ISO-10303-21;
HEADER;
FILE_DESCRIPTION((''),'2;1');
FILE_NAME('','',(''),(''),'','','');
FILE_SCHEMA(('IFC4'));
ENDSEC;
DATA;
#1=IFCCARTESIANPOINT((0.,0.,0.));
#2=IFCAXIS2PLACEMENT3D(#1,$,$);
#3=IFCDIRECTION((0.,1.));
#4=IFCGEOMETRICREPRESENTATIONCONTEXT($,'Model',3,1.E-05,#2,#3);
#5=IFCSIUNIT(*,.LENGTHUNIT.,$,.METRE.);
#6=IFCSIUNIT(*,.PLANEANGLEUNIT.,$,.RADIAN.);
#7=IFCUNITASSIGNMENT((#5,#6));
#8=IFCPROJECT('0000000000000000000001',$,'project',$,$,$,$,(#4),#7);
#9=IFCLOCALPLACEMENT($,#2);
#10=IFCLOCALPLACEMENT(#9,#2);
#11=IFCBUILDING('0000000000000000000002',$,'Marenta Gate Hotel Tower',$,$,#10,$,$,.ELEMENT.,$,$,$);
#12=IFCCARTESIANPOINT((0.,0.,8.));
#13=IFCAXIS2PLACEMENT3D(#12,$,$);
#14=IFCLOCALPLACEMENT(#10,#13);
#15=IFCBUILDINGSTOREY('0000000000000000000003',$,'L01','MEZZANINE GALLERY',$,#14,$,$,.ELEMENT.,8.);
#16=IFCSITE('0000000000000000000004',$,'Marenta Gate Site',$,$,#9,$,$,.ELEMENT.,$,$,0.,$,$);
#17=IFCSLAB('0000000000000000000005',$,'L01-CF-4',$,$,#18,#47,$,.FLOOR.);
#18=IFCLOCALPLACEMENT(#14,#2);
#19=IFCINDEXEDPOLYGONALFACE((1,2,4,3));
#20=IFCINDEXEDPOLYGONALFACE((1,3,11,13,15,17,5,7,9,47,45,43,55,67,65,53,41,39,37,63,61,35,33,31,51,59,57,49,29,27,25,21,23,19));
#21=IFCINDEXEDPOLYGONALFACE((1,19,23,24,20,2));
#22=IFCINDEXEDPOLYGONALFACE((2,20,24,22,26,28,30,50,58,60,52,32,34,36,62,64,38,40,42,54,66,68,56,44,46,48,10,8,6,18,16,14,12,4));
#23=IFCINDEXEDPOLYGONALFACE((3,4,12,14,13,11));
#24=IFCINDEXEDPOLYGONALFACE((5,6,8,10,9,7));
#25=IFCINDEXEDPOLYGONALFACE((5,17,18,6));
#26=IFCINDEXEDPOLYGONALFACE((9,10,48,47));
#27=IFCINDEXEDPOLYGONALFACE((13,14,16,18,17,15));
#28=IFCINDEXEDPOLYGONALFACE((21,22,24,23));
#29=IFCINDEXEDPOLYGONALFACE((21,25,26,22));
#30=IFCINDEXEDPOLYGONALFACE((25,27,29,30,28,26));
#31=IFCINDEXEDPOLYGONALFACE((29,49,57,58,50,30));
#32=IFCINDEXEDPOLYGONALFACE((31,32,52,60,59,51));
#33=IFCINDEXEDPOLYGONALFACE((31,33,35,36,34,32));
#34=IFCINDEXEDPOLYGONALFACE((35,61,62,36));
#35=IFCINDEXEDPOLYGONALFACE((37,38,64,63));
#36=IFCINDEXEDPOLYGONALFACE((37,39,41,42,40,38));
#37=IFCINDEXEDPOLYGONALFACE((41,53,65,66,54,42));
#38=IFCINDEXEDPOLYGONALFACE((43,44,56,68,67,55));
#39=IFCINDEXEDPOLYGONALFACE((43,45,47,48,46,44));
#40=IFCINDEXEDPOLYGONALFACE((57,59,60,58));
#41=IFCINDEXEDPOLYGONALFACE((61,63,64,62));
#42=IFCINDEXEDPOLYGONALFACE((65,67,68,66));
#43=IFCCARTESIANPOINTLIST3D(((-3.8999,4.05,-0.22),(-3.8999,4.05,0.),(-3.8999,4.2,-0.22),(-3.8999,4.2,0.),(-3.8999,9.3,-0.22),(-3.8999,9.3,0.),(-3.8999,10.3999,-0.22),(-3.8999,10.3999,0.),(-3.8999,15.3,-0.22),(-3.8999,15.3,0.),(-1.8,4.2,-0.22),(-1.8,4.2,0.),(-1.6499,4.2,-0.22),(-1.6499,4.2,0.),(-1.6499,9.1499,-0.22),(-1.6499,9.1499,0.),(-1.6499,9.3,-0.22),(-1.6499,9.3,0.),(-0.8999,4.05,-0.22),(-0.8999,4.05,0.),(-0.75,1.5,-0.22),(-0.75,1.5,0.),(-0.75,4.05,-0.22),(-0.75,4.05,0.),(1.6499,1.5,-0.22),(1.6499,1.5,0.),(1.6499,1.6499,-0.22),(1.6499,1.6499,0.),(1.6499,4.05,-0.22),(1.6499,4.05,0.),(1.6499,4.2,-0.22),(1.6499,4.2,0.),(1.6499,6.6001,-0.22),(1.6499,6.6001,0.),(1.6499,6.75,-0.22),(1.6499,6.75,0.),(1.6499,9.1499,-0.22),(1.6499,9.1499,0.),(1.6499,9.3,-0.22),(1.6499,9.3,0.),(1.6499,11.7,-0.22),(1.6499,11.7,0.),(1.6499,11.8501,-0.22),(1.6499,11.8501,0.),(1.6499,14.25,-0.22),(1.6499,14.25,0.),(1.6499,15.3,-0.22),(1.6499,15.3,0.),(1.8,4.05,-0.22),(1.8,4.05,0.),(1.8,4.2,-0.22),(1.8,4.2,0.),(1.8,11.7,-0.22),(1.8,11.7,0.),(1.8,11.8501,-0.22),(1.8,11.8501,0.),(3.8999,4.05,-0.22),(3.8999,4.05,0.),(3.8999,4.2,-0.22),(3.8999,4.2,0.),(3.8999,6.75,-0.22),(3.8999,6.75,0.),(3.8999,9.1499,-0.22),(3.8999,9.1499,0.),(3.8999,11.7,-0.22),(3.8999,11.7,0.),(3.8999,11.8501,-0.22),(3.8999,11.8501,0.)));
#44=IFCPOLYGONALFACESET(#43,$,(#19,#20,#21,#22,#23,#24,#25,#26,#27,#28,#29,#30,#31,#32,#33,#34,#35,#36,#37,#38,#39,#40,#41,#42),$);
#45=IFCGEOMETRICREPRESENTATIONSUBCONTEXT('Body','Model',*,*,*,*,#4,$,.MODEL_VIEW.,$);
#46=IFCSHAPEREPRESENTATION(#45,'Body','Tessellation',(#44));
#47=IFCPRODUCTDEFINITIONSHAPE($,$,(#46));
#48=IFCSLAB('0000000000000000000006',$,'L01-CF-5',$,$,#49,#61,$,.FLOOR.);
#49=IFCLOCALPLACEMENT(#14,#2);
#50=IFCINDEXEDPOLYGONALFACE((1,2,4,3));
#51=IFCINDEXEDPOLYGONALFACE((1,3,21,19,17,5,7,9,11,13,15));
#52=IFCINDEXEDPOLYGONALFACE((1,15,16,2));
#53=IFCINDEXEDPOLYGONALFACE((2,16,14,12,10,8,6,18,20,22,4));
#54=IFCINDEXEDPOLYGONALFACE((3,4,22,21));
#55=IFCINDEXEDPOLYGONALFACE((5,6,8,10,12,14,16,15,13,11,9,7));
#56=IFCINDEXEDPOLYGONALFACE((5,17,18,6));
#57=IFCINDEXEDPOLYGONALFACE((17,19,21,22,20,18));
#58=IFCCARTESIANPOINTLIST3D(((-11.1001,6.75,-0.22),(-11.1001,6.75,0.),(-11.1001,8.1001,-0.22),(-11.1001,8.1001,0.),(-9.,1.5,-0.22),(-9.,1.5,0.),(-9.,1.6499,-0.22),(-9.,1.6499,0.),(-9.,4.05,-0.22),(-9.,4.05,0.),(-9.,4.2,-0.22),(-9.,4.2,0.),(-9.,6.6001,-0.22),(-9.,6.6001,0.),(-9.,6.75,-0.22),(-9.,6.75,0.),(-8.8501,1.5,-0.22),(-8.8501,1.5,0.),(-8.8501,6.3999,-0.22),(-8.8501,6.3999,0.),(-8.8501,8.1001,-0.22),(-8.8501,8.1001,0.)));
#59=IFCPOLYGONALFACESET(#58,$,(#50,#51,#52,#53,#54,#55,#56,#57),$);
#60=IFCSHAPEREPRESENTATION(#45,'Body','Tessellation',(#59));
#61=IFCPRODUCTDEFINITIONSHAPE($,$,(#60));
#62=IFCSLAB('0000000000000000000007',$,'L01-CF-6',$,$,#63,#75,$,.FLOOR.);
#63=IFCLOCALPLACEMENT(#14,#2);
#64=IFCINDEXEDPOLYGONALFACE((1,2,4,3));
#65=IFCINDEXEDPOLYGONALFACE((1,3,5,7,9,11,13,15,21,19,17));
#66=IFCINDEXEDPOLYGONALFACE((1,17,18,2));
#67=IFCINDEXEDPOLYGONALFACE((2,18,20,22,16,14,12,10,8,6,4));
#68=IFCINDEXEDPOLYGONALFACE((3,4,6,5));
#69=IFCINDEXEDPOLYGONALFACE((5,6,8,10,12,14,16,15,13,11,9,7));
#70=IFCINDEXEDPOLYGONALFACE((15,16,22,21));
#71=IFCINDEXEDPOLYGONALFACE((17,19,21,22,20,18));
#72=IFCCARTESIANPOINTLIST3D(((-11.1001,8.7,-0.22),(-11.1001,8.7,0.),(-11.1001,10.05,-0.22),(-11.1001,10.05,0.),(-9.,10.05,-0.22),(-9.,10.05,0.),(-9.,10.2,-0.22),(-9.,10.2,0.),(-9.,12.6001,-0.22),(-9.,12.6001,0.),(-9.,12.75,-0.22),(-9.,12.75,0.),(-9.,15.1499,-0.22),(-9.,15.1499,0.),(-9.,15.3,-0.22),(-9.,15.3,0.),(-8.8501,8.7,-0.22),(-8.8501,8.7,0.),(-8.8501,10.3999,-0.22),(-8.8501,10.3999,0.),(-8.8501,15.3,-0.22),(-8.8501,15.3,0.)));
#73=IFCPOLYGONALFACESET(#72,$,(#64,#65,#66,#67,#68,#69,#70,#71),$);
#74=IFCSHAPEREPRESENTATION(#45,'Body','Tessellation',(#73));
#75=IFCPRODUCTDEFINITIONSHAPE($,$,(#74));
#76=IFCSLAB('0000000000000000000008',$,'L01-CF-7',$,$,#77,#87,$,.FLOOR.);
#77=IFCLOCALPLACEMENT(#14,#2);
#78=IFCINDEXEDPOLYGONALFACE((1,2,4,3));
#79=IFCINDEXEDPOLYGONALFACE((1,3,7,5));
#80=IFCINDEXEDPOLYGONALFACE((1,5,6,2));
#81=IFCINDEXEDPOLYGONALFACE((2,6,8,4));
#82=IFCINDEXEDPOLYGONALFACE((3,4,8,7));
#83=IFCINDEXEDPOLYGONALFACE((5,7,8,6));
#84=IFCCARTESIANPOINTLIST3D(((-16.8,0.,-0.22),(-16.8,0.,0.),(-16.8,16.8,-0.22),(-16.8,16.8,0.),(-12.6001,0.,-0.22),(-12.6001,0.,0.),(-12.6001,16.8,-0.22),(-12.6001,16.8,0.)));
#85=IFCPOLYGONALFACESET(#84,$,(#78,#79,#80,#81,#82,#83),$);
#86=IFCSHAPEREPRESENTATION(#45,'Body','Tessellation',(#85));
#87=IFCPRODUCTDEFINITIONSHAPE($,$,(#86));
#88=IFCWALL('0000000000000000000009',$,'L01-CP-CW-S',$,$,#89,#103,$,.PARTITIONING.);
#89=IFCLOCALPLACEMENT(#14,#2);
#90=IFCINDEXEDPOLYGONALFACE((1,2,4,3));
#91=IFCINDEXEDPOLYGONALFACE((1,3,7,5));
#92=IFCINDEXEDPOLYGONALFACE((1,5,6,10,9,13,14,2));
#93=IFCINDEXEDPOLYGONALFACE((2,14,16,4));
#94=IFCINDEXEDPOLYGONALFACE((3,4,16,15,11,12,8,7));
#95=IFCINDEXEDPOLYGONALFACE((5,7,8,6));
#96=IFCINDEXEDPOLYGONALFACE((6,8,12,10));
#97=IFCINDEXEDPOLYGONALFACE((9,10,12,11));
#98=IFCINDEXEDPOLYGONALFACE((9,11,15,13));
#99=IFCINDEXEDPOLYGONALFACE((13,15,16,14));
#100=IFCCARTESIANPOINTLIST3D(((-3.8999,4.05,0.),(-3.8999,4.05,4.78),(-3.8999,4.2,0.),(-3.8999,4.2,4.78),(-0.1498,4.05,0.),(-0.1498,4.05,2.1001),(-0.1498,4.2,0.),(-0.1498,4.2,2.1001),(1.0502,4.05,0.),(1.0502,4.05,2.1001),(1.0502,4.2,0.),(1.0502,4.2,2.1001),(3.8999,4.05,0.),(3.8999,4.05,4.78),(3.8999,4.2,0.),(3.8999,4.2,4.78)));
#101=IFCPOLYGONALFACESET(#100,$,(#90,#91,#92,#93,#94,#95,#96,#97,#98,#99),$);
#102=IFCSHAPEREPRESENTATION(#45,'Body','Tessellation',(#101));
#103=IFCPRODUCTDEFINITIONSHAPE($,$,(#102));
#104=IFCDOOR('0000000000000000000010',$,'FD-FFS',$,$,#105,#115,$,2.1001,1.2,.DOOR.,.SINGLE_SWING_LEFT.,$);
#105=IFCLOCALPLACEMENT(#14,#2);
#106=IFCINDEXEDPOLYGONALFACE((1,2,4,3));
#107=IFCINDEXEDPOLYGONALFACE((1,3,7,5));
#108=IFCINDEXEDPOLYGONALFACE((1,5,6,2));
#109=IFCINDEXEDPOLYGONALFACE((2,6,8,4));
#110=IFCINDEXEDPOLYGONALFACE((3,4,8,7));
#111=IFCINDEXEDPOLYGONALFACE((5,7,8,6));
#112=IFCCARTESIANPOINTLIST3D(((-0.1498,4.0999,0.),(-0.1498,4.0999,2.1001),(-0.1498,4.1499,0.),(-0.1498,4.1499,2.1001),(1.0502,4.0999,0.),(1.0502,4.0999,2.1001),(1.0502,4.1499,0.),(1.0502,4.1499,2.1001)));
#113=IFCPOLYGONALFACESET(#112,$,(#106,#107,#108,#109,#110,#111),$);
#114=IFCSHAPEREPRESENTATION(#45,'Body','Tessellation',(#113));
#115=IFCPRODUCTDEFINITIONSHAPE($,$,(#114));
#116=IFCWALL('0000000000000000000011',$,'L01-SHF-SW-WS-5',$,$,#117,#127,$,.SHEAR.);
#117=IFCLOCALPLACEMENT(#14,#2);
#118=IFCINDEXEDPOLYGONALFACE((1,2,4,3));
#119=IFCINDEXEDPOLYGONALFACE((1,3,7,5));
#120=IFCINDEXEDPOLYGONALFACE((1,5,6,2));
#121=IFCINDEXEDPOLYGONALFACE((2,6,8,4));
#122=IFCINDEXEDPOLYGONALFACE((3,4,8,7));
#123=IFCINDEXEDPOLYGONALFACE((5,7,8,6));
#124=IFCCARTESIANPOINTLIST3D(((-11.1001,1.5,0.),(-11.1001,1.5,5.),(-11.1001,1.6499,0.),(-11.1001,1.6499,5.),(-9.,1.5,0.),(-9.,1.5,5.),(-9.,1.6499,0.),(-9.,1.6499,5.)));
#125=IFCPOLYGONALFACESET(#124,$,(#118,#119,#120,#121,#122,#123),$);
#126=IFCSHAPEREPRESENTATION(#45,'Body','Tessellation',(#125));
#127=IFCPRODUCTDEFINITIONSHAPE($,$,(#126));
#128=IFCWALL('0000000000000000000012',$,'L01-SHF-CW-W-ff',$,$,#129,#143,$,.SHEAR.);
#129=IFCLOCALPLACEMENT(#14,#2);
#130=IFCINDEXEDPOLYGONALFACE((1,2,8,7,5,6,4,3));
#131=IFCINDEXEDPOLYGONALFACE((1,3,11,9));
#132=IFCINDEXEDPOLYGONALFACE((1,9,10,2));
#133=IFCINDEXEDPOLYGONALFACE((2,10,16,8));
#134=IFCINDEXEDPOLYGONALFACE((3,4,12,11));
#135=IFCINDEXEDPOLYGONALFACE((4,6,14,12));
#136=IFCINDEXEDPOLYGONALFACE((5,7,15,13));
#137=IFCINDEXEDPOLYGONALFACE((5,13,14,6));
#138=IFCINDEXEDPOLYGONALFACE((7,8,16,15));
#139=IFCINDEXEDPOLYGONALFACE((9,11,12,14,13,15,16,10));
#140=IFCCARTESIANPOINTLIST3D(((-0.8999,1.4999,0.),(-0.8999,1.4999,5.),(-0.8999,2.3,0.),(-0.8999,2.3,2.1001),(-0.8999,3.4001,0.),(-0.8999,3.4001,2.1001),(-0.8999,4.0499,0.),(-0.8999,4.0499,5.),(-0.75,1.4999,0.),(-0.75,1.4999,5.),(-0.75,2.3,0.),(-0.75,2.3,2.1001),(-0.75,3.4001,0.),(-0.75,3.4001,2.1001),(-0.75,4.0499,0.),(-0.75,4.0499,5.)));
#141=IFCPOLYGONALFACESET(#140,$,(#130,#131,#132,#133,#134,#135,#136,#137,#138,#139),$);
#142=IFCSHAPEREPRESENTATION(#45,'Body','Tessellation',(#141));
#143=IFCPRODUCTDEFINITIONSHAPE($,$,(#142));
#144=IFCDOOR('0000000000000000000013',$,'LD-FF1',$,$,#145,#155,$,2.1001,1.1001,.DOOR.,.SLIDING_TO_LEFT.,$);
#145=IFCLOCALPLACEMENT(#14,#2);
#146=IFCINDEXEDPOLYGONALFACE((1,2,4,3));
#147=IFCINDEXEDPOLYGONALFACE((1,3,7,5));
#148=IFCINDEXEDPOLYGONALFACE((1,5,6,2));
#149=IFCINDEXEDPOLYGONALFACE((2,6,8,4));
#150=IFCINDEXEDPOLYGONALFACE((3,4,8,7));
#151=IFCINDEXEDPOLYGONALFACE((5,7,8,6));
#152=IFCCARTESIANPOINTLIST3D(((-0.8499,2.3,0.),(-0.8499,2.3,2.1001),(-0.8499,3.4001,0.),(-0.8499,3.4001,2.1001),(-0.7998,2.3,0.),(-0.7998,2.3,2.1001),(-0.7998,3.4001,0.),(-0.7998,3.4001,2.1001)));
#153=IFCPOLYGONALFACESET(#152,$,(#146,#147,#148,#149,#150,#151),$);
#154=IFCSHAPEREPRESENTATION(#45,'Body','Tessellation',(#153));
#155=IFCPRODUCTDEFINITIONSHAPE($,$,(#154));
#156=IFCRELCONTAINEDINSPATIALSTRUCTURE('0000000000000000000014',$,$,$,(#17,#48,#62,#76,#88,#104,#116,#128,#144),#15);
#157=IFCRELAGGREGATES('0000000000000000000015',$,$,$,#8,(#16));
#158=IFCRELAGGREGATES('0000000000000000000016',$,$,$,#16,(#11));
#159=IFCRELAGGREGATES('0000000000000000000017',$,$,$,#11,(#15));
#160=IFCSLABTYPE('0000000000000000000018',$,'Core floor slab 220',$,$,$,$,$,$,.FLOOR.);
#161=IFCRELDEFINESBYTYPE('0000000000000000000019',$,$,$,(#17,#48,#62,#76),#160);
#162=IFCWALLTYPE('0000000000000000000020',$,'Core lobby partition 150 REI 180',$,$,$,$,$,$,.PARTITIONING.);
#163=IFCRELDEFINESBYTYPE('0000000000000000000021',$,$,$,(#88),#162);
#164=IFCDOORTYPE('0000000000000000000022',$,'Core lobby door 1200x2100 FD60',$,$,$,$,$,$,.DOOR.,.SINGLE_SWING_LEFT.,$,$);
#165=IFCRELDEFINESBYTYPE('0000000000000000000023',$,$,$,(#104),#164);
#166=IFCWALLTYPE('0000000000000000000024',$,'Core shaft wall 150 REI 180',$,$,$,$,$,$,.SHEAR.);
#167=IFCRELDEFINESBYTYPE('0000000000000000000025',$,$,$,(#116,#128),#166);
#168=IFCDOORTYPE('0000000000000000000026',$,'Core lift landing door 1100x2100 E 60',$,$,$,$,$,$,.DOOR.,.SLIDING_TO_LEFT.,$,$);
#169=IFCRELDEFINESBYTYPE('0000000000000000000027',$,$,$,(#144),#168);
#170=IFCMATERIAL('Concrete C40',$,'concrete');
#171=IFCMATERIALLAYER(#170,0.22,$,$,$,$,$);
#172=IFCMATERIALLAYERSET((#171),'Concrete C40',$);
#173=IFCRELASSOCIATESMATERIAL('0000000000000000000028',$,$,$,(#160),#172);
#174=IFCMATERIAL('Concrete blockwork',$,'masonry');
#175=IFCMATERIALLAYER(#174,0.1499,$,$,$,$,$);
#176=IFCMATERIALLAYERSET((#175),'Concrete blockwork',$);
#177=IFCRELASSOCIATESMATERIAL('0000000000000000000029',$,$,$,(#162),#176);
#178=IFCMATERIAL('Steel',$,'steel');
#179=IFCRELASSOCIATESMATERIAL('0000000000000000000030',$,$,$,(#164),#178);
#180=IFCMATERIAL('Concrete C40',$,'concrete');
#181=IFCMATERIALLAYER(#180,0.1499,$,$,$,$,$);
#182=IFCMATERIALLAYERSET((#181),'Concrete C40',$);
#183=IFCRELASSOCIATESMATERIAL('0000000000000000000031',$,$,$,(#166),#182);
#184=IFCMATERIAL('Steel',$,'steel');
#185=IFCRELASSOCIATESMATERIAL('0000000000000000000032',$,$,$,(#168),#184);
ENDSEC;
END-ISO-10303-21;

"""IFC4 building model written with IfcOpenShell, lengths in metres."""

from ifc_helpers import new_model, si_unit, direction, frame, frame_2d, origin, place, context, subcontext, project, spatial, polyline, rectangle, outline, extrude, material, layer, layer_set, type_object, element, fill, save


model = new_model("IFC4")

# Units and contexts
model_context = context("Model", 3, precision=1e-05, world=origin(), true_north=direction((0.0, 1.0)))
body_context = subcontext(model_context, "Body", "Model", "MODEL_VIEW")
ifc_project = project(units=[si_unit("LENGTHUNIT", "METRE"), si_unit("PLANEANGLEUNIT", "RADIAN")], contexts=[model_context])

# Site, building, storey
site_placement = place(None, origin())
site = spatial("IfcSite", under=ifc_project, at=site_placement, Name="Marenta Gate Site", CompositionType="ELEMENT", RefElevation=0.0)
building_placement = place(site_placement, origin())
building = spatial("IfcBuilding", under=site, at=building_placement, Name="Marenta Gate Hotel Tower", CompositionType="ELEMENT")
storey_placement = place(building_placement, frame((0.0, 0.0, 8.0)))
storey = spatial("IfcBuildingStorey", under=building, at=storey_placement, Name="L01", Description="MEZZANINE GALLERY", CompositionType="ELEMENT", Elevation=8.0)

# Slabs
ifc_material_1 = material(Name="Concrete C40", Category="concrete")
ifc_layer_1 = layer(ifc_material_1, 0.22)
ifc_layer_set_1 = layer_set([ifc_layer_1], Name="Concrete C40")
slab_type = type_object("IfcSlabType", Name="Core floor slab 220", PredefinedType="FLOOR", material=ifc_layer_set_1)
slab_1_placement = place(storey_placement, frame((0.0, 0.0, -0.22)))
element("IfcSlab", 1, at=slab_1_placement, inside=storey, type_object=slab_type, Name="L01-CF-4", PredefinedType="FLOOR", context=body_context, shape_type="SweptSolid", body=[
    extrude(outline(polyline([(1.6499, 14.25), (1.6499, 11.8501), (1.8, 11.8501), (3.8999, 11.8501), (3.8999, 11.7), (1.8, 11.7), (1.6499, 11.7), (1.6499, 9.3), (1.6499, 9.1499), (3.8999, 9.1499), (3.8999, 9.3), (3.8999, 10.3999), (3.8999, 10.3999), (3.8999, 6.3999), (3.8999, 6.3999), (3.8999, 6.6001), (3.8999, 6.75), (1.6499, 6.75), (1.6499, 6.6001), (1.6499, 4.2), (1.8, 4.2), (3.8999, 4.2), (3.8999, 4.05), (1.8, 4.05), (1.6499, 4.05), (1.6499, 1.6499), (1.6499, 1.5), (-0.75, 1.5), (-0.75, 4.05), (-0.8999, 4.05), (-3.8999, 4.05), (-3.8999, 4.2), (-1.8, 4.2), (-1.6499, 4.2), (-1.6499, 9.1499), (-1.6499, 9.3), (-3.8999, 9.3), (-3.8999, 9.1499), (-3.8999, 6.75), (-3.8999, 6.6001), (-3.8999, 6.3999), (-3.8999, 6.3999), (-3.8999, 10.3999), (-3.8999, 10.3999), (-3.8999, 15.3), (1.6499, 15.3), (1.6499, 14.25)])), origin(), (0.0, 0.0, 1.0), 0.22),
])
slab_2_placement = place(storey_placement, frame((0.0, 0.0, -0.22)))
element("IfcSlab", 2, at=slab_2_placement, inside=storey, type_object=slab_type, Name="L01-CF-5", PredefinedType="FLOOR", context=body_context, shape_type="SweptSolid", body=[
    extrude(outline(polyline([(-8.8501, 8.1001), (-8.8501, 6.3999), (-8.8501, 1.5), (-9.0, 1.5), (-9.0, 1.6499), (-9.0, 4.05), (-9.0, 4.2), (-9.0, 6.6001), (-9.0, 6.75), (-11.1001, 6.75), (-11.1001, 8.1001), (-8.8501, 8.1001)])), origin(), (0.0, 0.0, 1.0), 0.22),
])
slab_3_placement = place(storey_placement, frame((0.0, 0.0, -0.22)))
element("IfcSlab", 3, at=slab_3_placement, inside=storey, type_object=slab_type, Name="L01-CF-6", PredefinedType="FLOOR", context=body_context, shape_type="SweptSolid", body=[
    extrude(outline(polyline([(-8.8501, 10.3999), (-8.8501, 8.7), (-11.1001, 8.7), (-11.1001, 10.05), (-9.0, 10.05), (-9.0, 10.2), (-9.0, 12.6001), (-9.0, 12.75), (-9.0, 15.1499), (-9.0, 15.3), (-8.8501, 15.3), (-8.8501, 10.3999)])), origin(), (0.0, 0.0, 1.0), 0.22),
])
slab_4_placement = place(storey_placement, frame((0.0, 0.0, -0.22)))
element("IfcSlab", 4, at=slab_4_placement, inside=storey, type_object=slab_type, Name="L01-CF-7", PredefinedType="FLOOR", context=body_context, shape_type="SweptSolid", body=[
    extrude(outline(polyline([(-12.6001, 16.8), (-12.6001, 0.0), (-16.8, 0.0), (-16.8, 16.8), (-12.6001, 16.8)])), origin(), (0.0, 0.0, 1.0), 0.22),
])

# Wall, opening, door
ifc_material_2 = material(Name="Concrete blockwork", Category="masonry")
ifc_layer_2 = layer(ifc_material_2, 0.1499)
ifc_layer_set_2 = layer_set([ifc_layer_2], Name="Concrete blockwork")
wall_type_1 = type_object("IfcWallType", Name="Core lobby partition 150 REI 180", PredefinedType="PARTITIONING", material=ifc_layer_set_2)
wall_1_placement = place(storey_placement, frame((-3.8999, 4.125, 0.0), z_axis=(0.0, 0.0, 1.0), x_axis=(1.0, 0.0, 0.0)))
wall_1 = element("IfcWall", 5, at=wall_1_placement, inside=storey, type_object=wall_type_1, Name="L01-CP-CW-S", PredefinedType="PARTITIONING", context=body_context, shape_type="SweptSolid", body=[
    extrude(rectangle(XDim=7.7998, YDim=0.1499, at=frame_2d((3.8999, 0.0))), origin(), (0.0, 0.0, 1.0), 4.78),
])
opening_1_placement = place(wall_1_placement, frame((3.75, 0.0, 0.0)))
opening_1 = element("IfcOpeningElement", 6, at=opening_1_placement, cuts=wall_1, PredefinedType="OPENING", context=body_context, shape_type="SweptSolid", body=[
    extrude(rectangle(XDim=1.2, YDim=2.1001, at=frame_2d((0.6001, 1.05))), frame((0.0, 0.075, 0.0), z_axis=(0.0, -1.0, 0.0), x_axis=(1.0, 0.0, 0.0)), (0.0, 0.0, 1.0), 0.1499),
])
ifc_material_3 = material(Name="Steel", Category="steel")
door_type_1 = type_object("IfcDoorType", Name="Core lobby door 1200x2100 FD60", OperationType="SINGLE_SWING_LEFT", PredefinedType="DOOR", material=ifc_material_3)
door_1_placement = place(opening_1_placement, origin())
door_1 = element("IfcDoor", 7, at=door_1_placement, inside=storey, type_object=door_type_1, Name="FD-FFS", OperationType="SINGLE_SWING_LEFT", OverallHeight=2.1001, OverallWidth=1.2, PredefinedType="DOOR", context=body_context, shape_type="SweptSolid", body=[
    extrude(rectangle(XDim=1.2, YDim=2.1001, at=frame_2d((0.6001, 1.05))), frame((0.0, 0.0249, 0.0), z_axis=(0.0, -1.0, 0.0), x_axis=(1.0, 0.0, 0.0)), (0.0, 0.0, 1.0), 0.05),
])
fill(opening_1, door_1)

# Wall
ifc_material_4 = material(Name="Concrete C40", Category="concrete")
ifc_layer_3 = layer(ifc_material_4, 0.1499)
ifc_layer_set_3 = layer_set([ifc_layer_3], Name="Concrete C40")
wall_type_2 = type_object("IfcWallType", Name="Core shaft wall 150 REI 180", PredefinedType="SHEAR", material=ifc_layer_set_3)
wall_2_placement = place(storey_placement, frame((-11.1001, 1.575, 0.0), z_axis=(0.0, 0.0, 1.0), x_axis=(1.0, 0.0, 0.0)))
element("IfcWall", 8, at=wall_2_placement, inside=storey, type_object=wall_type_2, Name="L01-SHF-SW-WS-5", PredefinedType="SHEAR", context=body_context, shape_type="SweptSolid", body=[
    extrude(rectangle(XDim=2.1001, YDim=0.1499, at=frame_2d((1.05, 0.0))), origin(), (0.0, 0.0, 1.0), 5.0),
])

# Wall, opening, door
wall_3_placement = place(storey_placement, frame((-0.825, 1.5, 0.0), z_axis=(0.0, 0.0, 1.0), x_axis=(0.0, 1.0, 0.0)))
wall_3 = element("IfcWall", 9, at=wall_3_placement, inside=storey, type_object=wall_type_2, Name="L01-SHF-CW-W-ff", PredefinedType="SHEAR", context=body_context, shape_type="SweptSolid", body=[
    extrude(rectangle(XDim=2.55, YDim=0.1499, at=frame_2d((1.2749, 0.0))), origin(), (0.0, 0.0, 1.0), 5.0),
])
opening_2_placement = place(wall_3_placement, frame((0.8, 0.0, 0.0)))
opening_2 = element("IfcOpeningElement", 10, at=opening_2_placement, cuts=wall_3, PredefinedType="OPENING", context=body_context, shape_type="SweptSolid", body=[
    extrude(rectangle(XDim=1.1001, YDim=2.1001, at=frame_2d((0.55, 1.05))), frame((0.0, 0.075, 0.0), z_axis=(0.0, -1.0, 0.0), x_axis=(1.0, 0.0, 0.0)), (0.0, 0.0, 1.0), 0.1499),
])
ifc_material_5 = material(Name="Steel", Category="steel")
door_type_2 = type_object("IfcDoorType", Name="Core lift landing door 1100x2100 E 60", OperationType="SLIDING_TO_LEFT", PredefinedType="DOOR", material=ifc_material_5)
door_2_placement = place(opening_2_placement, origin())
door_2 = element("IfcDoor", 11, at=door_2_placement, inside=storey, type_object=door_type_2, Name="LD-FF1", OperationType="SLIDING_TO_LEFT", OverallHeight=2.1001, OverallWidth=1.1001, PredefinedType="DOOR", context=body_context, shape_type="SweptSolid", body=[
    extrude(rectangle(XDim=1.1001, YDim=2.1001, at=frame_2d((0.55, 1.05))), frame((0.0, 0.0249, 0.0), z_axis=(0.0, -1.0, 0.0), x_axis=(1.0, 0.0, 0.0)), (0.0, 0.0, 1.0), 0.05),
])
fill(opening_2, door_2)

save(model, "model.ifc")
